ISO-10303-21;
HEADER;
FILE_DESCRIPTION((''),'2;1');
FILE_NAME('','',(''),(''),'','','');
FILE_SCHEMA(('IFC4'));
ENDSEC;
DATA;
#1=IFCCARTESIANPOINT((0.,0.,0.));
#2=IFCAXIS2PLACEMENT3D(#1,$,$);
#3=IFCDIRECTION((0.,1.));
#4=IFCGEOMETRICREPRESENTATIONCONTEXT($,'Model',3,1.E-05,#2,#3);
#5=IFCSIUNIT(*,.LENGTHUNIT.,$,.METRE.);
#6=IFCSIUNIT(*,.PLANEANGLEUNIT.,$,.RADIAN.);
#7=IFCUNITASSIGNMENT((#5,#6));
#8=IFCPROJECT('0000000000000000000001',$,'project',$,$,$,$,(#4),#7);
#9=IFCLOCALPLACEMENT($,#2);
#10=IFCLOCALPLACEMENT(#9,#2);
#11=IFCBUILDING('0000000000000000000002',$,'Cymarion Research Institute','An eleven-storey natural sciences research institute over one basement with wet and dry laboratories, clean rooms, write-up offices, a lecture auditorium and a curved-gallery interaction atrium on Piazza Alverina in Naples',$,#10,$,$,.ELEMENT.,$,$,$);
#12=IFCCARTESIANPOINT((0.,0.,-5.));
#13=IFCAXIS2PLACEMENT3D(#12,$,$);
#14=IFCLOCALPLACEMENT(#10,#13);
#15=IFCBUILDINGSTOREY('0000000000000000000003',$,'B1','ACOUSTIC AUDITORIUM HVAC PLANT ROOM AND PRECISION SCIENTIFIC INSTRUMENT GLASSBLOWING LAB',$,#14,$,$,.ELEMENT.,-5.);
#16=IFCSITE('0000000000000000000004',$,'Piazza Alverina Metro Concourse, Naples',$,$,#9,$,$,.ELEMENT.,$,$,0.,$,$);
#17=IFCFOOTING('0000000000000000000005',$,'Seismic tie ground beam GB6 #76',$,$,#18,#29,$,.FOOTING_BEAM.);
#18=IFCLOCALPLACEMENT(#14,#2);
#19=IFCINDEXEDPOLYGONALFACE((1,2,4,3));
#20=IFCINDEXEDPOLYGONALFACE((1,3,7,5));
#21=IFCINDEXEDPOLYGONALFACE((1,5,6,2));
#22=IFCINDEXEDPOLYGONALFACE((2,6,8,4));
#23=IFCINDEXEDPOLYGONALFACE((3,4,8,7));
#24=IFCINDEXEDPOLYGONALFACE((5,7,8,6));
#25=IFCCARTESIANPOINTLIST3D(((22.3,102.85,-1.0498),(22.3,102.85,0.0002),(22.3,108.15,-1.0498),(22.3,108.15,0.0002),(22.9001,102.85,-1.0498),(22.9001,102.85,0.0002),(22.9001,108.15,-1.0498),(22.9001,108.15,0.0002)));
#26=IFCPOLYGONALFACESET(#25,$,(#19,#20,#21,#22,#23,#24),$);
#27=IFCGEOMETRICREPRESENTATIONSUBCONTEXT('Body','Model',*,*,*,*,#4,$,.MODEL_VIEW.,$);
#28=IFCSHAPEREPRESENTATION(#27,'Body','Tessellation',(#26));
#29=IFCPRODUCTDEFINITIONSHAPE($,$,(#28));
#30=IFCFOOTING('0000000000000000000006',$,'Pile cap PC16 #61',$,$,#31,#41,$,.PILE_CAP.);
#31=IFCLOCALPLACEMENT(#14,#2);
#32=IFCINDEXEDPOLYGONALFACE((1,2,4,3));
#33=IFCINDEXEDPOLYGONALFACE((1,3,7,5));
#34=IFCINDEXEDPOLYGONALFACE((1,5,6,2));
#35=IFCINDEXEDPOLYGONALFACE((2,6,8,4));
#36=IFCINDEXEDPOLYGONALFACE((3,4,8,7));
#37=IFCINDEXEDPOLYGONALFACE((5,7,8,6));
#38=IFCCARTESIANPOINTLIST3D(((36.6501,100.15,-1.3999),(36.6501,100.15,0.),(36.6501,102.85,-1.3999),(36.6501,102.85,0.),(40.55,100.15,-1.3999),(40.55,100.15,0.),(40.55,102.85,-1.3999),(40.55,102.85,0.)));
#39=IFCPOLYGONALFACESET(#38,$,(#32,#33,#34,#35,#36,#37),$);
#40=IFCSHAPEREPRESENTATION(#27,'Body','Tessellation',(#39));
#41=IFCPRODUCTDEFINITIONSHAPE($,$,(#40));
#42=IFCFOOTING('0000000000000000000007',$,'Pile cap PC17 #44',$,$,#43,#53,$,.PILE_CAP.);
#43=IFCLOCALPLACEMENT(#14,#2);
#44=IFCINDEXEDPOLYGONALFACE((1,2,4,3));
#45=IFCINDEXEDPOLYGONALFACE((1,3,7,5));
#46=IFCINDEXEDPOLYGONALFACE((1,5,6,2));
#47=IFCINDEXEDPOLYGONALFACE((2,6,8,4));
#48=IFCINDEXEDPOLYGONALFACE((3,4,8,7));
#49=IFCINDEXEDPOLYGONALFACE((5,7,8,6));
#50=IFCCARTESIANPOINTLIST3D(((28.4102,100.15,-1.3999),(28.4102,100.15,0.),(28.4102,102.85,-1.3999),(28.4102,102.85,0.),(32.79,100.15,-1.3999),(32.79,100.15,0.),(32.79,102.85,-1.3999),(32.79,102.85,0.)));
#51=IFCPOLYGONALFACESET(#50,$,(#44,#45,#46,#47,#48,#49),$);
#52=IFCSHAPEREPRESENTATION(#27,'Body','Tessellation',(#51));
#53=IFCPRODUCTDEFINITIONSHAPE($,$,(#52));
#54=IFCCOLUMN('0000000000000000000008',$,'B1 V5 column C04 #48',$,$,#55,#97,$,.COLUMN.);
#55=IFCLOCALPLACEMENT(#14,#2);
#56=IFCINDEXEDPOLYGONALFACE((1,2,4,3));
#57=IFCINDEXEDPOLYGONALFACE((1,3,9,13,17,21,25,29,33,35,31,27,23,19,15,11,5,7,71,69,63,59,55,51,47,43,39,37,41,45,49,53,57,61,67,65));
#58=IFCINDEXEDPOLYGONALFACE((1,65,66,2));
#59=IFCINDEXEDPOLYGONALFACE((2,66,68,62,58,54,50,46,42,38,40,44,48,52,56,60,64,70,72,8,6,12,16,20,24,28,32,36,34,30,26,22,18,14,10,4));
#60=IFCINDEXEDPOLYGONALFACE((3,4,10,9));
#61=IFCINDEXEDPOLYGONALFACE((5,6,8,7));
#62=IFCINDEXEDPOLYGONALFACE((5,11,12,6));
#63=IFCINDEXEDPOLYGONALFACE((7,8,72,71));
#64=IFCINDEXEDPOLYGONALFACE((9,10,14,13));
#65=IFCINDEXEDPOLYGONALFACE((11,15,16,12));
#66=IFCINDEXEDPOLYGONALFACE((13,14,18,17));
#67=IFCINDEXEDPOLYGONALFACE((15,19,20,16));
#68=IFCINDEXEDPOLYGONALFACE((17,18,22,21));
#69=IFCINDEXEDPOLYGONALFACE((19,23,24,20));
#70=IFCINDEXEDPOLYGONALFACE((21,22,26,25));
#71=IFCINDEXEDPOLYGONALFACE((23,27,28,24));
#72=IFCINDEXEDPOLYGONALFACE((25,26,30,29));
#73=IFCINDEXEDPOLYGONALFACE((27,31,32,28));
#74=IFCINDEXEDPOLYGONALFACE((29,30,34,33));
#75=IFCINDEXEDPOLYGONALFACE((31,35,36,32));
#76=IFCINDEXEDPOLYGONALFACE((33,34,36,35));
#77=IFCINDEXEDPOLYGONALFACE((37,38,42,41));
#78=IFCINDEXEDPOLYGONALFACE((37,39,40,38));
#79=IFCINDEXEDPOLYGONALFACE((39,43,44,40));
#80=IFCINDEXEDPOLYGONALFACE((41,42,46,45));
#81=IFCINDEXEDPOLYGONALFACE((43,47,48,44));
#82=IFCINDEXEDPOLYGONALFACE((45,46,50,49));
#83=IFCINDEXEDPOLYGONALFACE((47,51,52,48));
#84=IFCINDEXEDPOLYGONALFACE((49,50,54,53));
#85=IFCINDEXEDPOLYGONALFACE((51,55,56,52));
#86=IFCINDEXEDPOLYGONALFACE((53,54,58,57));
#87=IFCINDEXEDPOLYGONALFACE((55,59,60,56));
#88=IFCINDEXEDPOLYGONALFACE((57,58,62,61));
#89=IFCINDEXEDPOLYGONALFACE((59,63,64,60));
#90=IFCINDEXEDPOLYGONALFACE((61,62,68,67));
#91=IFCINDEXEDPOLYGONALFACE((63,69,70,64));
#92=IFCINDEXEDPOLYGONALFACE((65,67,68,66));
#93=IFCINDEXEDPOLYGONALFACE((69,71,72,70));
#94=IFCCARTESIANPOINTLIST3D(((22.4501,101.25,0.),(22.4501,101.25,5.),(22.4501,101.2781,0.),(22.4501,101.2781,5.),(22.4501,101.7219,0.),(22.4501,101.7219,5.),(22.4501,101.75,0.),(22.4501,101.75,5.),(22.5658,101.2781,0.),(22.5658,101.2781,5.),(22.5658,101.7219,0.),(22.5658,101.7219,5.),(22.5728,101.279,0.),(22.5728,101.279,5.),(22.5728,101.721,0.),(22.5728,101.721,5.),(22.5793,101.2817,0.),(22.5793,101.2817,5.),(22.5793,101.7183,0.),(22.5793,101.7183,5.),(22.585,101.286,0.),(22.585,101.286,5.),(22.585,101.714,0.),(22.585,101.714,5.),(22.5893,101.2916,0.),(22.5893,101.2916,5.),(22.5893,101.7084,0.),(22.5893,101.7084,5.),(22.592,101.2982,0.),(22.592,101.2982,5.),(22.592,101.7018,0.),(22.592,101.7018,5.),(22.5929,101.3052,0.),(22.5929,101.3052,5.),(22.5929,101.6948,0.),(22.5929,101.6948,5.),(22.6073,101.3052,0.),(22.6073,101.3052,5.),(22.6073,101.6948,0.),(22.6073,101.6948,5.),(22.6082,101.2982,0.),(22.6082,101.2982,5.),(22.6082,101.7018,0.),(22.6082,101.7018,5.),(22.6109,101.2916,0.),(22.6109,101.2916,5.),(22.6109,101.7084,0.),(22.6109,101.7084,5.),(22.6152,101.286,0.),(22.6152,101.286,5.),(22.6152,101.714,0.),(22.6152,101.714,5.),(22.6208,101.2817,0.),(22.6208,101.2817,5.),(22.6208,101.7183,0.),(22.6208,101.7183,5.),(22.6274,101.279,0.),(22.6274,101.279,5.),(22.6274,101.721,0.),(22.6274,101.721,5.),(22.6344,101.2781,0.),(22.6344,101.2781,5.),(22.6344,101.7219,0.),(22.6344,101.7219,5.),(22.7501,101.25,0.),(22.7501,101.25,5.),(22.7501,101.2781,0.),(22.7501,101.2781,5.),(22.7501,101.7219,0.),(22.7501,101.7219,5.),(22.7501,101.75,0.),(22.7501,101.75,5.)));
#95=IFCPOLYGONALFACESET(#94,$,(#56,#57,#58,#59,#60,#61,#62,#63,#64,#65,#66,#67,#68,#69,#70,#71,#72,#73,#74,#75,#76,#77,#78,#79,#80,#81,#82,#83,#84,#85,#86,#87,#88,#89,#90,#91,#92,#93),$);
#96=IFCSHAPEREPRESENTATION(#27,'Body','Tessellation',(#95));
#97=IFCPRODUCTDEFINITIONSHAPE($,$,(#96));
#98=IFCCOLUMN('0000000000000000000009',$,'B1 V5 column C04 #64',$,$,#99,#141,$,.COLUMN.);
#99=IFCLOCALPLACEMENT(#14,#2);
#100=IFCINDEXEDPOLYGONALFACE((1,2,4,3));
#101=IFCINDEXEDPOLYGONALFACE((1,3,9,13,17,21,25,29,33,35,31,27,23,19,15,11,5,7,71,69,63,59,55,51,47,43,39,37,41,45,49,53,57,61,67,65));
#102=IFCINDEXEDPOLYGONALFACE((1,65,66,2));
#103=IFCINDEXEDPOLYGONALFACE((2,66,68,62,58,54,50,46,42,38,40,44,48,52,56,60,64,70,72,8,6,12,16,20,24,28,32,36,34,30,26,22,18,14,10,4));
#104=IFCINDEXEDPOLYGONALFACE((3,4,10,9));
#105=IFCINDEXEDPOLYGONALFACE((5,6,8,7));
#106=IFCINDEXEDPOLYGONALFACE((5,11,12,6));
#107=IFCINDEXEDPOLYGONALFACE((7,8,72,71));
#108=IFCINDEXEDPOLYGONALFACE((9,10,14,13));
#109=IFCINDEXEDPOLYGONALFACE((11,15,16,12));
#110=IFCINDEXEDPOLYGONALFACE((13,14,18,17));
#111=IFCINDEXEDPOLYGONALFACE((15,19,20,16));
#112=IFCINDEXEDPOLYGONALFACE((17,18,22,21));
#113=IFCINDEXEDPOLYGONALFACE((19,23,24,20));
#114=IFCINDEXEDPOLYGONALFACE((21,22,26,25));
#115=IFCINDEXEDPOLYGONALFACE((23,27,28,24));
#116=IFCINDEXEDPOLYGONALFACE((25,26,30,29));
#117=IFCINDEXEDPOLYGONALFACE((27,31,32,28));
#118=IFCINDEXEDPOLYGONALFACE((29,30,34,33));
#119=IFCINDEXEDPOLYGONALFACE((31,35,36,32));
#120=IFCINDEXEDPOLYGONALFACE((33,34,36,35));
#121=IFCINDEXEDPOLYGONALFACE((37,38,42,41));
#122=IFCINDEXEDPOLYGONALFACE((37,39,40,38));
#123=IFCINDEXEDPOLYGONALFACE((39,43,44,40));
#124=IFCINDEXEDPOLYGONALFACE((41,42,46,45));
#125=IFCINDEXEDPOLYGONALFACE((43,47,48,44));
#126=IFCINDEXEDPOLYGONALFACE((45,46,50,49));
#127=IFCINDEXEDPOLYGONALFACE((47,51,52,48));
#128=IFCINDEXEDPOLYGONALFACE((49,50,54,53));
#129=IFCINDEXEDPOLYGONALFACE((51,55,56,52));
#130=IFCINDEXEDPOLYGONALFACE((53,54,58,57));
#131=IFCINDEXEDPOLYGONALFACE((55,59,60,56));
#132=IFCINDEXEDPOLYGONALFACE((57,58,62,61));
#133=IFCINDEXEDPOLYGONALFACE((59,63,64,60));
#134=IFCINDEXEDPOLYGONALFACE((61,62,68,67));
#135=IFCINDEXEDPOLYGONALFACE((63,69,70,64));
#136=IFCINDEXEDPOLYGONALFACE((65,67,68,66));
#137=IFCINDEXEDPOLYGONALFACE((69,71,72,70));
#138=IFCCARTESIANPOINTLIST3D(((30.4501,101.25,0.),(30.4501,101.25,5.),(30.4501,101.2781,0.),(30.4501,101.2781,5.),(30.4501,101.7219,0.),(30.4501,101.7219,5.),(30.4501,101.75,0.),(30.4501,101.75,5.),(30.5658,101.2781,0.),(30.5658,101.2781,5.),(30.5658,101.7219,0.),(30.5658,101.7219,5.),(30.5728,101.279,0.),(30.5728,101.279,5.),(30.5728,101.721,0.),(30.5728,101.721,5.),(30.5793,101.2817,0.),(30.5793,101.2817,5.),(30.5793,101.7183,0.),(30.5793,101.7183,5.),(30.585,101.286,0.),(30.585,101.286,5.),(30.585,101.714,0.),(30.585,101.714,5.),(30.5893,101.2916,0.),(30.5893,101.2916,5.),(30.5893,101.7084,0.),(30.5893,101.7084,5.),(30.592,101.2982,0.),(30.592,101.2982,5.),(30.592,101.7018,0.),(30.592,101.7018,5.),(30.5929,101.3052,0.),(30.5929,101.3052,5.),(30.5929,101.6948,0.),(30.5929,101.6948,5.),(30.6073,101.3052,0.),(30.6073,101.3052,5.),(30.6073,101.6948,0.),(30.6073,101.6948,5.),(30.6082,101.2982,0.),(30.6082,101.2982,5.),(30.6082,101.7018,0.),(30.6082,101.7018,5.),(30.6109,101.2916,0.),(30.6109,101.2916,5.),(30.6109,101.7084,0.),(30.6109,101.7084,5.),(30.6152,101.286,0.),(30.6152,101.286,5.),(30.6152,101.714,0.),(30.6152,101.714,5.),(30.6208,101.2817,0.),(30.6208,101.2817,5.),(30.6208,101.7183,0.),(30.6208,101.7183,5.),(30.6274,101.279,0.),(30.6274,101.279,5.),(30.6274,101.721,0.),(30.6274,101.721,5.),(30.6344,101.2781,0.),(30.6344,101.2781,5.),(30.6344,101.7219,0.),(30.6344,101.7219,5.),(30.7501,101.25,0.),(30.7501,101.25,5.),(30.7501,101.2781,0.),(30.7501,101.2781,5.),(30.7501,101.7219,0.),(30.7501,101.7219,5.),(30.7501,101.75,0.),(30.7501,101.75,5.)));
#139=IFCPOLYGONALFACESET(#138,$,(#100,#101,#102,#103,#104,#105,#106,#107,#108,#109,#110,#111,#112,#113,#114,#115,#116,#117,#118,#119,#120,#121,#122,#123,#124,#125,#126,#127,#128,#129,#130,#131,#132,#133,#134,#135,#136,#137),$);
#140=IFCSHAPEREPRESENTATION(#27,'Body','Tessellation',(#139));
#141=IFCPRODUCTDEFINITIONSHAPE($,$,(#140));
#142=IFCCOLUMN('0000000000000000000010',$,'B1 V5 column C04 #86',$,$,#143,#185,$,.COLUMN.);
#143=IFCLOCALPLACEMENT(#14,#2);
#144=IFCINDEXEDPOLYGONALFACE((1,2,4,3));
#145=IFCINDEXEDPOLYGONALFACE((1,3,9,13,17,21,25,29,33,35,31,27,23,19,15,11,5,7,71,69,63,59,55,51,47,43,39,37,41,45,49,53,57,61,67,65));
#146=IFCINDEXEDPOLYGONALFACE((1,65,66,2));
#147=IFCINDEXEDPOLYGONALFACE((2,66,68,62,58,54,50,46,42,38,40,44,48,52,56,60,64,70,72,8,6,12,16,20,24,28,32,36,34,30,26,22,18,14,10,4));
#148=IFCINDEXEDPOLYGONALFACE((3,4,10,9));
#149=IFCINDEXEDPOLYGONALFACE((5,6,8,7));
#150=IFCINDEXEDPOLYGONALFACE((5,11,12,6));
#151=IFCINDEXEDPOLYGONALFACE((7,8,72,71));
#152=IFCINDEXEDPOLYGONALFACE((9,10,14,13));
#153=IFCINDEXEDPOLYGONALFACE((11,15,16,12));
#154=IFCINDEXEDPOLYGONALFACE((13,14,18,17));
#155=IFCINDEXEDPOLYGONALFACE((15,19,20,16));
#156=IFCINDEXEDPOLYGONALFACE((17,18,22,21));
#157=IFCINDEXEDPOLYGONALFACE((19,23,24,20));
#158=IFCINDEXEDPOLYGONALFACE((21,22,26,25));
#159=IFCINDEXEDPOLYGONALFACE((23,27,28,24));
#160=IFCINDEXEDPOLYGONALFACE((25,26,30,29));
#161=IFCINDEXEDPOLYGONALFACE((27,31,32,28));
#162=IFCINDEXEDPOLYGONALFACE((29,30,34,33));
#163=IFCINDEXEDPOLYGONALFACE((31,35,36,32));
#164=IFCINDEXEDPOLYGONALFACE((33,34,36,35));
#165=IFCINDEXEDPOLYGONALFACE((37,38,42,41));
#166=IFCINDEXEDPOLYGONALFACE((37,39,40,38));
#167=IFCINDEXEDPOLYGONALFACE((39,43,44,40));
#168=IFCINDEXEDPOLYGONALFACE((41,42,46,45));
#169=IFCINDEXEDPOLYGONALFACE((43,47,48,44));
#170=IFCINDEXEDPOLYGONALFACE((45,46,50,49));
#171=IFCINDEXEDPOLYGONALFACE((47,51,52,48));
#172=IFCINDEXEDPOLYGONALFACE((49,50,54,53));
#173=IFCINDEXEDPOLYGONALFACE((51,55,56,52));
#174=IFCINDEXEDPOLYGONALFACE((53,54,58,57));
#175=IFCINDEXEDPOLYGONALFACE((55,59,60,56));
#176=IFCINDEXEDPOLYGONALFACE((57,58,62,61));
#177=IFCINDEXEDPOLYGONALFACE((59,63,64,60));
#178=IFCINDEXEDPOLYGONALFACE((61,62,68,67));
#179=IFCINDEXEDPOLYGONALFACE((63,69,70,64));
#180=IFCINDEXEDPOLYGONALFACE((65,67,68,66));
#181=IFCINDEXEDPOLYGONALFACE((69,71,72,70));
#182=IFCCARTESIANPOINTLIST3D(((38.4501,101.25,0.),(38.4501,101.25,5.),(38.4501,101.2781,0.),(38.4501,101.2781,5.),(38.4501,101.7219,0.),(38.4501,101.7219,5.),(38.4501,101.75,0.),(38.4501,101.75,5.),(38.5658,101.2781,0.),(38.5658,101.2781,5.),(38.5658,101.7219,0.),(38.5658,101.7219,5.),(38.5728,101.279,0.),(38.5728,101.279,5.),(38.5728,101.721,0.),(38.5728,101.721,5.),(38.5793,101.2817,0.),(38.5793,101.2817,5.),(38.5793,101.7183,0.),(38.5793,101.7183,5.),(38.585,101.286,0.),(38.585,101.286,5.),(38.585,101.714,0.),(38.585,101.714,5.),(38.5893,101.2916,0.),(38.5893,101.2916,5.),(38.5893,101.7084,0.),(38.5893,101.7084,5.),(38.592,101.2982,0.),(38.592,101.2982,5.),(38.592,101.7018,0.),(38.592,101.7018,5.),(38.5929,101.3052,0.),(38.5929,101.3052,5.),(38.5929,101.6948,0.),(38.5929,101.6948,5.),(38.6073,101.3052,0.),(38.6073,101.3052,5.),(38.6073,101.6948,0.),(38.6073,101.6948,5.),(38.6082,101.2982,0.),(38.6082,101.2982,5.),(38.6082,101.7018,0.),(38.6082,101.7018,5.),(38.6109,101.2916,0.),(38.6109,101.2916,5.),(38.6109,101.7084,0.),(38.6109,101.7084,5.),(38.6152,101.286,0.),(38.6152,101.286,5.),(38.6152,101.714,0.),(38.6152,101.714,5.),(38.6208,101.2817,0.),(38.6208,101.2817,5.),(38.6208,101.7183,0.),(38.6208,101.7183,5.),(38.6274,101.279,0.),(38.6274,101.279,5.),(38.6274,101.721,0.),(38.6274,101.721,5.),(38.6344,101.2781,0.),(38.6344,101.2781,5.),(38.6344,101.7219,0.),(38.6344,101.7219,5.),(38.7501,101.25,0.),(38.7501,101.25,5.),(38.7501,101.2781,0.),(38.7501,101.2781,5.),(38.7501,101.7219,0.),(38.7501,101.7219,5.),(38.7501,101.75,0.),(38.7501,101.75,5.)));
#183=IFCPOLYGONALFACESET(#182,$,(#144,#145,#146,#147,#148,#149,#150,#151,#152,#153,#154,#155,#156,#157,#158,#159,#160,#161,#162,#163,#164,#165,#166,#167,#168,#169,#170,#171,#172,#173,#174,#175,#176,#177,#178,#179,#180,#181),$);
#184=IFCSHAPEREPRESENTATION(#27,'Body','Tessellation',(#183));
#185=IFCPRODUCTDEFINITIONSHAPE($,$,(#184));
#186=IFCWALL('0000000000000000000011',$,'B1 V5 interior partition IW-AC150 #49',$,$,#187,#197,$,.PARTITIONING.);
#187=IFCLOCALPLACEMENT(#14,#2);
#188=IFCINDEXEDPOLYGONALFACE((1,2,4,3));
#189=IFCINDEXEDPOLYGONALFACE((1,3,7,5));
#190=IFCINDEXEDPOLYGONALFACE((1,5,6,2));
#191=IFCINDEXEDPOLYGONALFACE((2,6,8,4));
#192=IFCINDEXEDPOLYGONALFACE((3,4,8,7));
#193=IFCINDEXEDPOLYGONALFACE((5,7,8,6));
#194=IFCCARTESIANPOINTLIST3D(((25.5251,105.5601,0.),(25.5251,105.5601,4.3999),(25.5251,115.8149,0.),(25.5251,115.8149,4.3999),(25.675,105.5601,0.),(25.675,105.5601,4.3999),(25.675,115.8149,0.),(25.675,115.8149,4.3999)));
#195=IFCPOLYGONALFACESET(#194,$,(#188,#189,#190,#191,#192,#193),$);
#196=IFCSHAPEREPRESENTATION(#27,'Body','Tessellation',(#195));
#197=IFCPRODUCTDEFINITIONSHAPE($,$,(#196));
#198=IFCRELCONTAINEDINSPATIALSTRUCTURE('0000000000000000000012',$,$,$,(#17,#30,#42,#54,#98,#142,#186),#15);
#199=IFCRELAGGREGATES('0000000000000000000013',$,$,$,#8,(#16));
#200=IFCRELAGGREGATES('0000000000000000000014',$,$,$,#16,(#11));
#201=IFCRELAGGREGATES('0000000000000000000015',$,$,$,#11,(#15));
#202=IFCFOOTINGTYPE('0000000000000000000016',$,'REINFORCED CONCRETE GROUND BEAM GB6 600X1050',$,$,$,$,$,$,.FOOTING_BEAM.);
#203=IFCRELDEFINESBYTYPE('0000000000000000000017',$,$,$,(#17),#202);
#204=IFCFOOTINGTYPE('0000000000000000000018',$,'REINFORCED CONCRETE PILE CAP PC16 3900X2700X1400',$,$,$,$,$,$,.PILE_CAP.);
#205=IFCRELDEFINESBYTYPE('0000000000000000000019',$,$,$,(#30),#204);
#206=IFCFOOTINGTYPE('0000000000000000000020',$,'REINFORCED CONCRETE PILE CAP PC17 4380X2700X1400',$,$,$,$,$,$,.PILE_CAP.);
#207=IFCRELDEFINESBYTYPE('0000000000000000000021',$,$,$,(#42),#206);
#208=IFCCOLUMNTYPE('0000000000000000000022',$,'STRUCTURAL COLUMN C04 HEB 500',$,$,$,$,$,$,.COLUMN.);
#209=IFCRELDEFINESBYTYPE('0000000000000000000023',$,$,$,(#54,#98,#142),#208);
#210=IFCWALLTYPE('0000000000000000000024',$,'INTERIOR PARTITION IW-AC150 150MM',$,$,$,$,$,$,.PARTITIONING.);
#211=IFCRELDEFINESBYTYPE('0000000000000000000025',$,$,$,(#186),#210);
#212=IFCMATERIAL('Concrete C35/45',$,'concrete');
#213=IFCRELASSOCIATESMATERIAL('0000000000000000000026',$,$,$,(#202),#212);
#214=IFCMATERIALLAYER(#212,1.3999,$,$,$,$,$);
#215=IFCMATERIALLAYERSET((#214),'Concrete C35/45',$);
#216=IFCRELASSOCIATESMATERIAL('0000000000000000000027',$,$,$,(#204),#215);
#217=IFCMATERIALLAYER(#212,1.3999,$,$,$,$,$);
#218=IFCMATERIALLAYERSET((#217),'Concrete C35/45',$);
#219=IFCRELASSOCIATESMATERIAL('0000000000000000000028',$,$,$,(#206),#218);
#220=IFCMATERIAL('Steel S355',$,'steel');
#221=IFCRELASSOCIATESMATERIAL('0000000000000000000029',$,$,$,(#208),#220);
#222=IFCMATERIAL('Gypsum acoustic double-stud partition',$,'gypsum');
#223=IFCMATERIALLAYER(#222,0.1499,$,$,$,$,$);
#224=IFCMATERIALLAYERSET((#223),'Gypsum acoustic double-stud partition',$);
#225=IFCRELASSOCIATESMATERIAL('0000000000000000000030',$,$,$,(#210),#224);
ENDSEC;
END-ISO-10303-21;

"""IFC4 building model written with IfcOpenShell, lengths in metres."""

from ifc_helpers import new_model, si_unit, direction, frame, frame_2d, origin, origin_2d, place, context, subcontext, project, spatial, rectangle, i_section, extrude, material, layer, layer_set, material_profile, profile_set, type_object, element, save


model = new_model("IFC4")

# Units and contexts
model_context = context("Model", 3, precision=1e-05, world=origin(), true_north=direction((0.0, 1.0)))
body_context = subcontext(model_context, "Body", "Model", "MODEL_VIEW")
ifc_project = project(units=[si_unit("LENGTHUNIT", "METRE"), si_unit("PLANEANGLEUNIT", "RADIAN")], contexts=[model_context])

# Site, building, storey
site_placement = place(None, origin())
site = spatial("IfcSite", under=ifc_project, at=site_placement, Name="Piazza Alverina Metro Concourse, Naples", CompositionType="ELEMENT", RefElevation=0.0)
building_placement = place(site_placement, origin())
building = spatial("IfcBuilding", under=site, at=building_placement, Name="Cymarion Research Institute", Description="An eleven-storey natural sciences research institute over one basement with wet and dry laboratories, clean rooms, write-up offices, a lecture auditorium and a curved-gallery interaction atrium on Piazza Alverina in Naples", CompositionType="ELEMENT")
storey_placement = place(building_placement, frame((0.0, 0.0, -5.0)))
storey = spatial("IfcBuildingStorey", under=building, at=storey_placement, Name="B1", Description="ACOUSTIC AUDITORIUM HVAC PLANT ROOM AND PRECISION SCIENTIFIC INSTRUMENT GLASSBLOWING LAB", CompositionType="ELEMENT", Elevation=-5.0)

# Shared definitions
ifc_material_1 = material(Name="Concrete C35/45", Category="concrete")

# Footings
footing_type_1 = type_object("IfcFootingType", Name="REINFORCED CONCRETE GROUND BEAM GB6 600X1050", PredefinedType="FOOTING_BEAM", material=ifc_material_1)
footing_1_placement = place(storey_placement, frame((22.6001, 105.5, -1.0498), z_axis=(0.0, 0.0, 1.0), x_axis=(0.0, 1.0, 0.0)))
element("IfcFooting", 1, at=footing_1_placement, inside=storey, type_object=footing_type_1, Name="Seismic tie ground beam GB6 #76", PredefinedType="FOOTING_BEAM", context=body_context, shape_type="SweptSolid", body=[
    extrude(rectangle(XDim=5.3, YDim=0.6001, at=origin_2d()), origin(), (0.0, 0.0, 1.0), 1.05),
])
ifc_layer_1 = layer(ifc_material_1, 1.3999)
ifc_layer_set_1 = layer_set([ifc_layer_1], Name="Concrete C35/45")
footing_type_2 = type_object("IfcFootingType", Name="REINFORCED CONCRETE PILE CAP PC16 3900X2700X1400", PredefinedType="PILE_CAP", material=ifc_layer_set_1)
footing_2_placement = place(storey_placement, frame((38.6001, 101.5, -1.3999), z_axis=(0.0, 0.0, 1.0), x_axis=(1.0, 0.0, 0.0)))
element("IfcFooting", 2, at=footing_2_placement, inside=storey, type_object=footing_type_2, Name="Pile cap PC16 #61", PredefinedType="PILE_CAP", context=body_context, shape_type="SweptSolid", body=[
    extrude(rectangle(XDim=3.8999, YDim=2.7, at=origin_2d()), origin(), (0.0, 0.0, 1.0), 1.3999),
])
ifc_layer_2 = layer(ifc_material_1, 1.3999)
ifc_layer_set_2 = layer_set([ifc_layer_2], Name="Concrete C35/45")
footing_type_3 = type_object("IfcFootingType", Name="REINFORCED CONCRETE PILE CAP PC17 4380X2700X1400", PredefinedType="PILE_CAP", material=ifc_layer_set_2)
footing_3_placement = place(storey_placement, frame((30.6001, 101.5, -1.3999), z_axis=(0.0, 0.0, 1.0), x_axis=(1.0, 0.0, 0.0)))
element("IfcFooting", 3, at=footing_3_placement, inside=storey, type_object=footing_type_3, Name="Pile cap PC17 #44", PredefinedType="PILE_CAP", context=body_context, shape_type="SweptSolid", body=[
    extrude(rectangle(XDim=4.3799, YDim=2.7, at=origin_2d()), origin(), (0.0, 0.0, 1.0), 1.3999),
])

# Columns
ifc_material_2 = material(Name="Steel S355", Category="steel")
ifc_material_profile_1 = material_profile(ifc_material_2, i_section(OverallWidth=0.3, OverallDepth=0.5, WebThickness=0.0144, FlangeThickness=0.0281, FilletRadius=0.0271, at=origin_2d()), Name="HEB 500")
ifc_profile_set_1 = profile_set([ifc_material_profile_1], Name="Steel S355")
column_type = type_object("IfcColumnType", Name="STRUCTURAL COLUMN C04 HEB 500", PredefinedType="COLUMN", material=ifc_profile_set_1)
for number, where, z_axis, x_axis, name in (
    (4, (22.6001, 101.5, 0.0), (0.0, 0.0, 1.0), (1.0, 0.0, 0.0), "B1 V5 column C04 #48"),
    (5, (30.6001, 101.5, 0.0), (0.0, 0.0, 1.0), (1.0, 0.0, 0.0), "B1 V5 column C04 #64"),
    (6, (38.6001, 101.5, 0.0), (0.0, 0.0, 1.0), (1.0, 0.0, 0.0), "B1 V5 column C04 #86"),
):
    element("IfcColumn", number, at=place(storey_placement, frame(where, z_axis=z_axis, x_axis=x_axis)), inside=storey, type_object=column_type, Name=name, PredefinedType="COLUMN", context=body_context, shape_type="SweptSolid", body=[
        extrude(i_section(OverallWidth=0.3, OverallDepth=0.5, WebThickness=0.0144, FlangeThickness=0.0281, FilletRadius=0.0271, at=origin_2d()), origin(), (0.0, 0.0, 1.0), 5.0),
    ])

# Wall
ifc_material_3 = material(Name="Gypsum acoustic double-stud partition", Category="gypsum")
ifc_layer_3 = layer(ifc_material_3, 0.1499)
ifc_layer_set_3 = layer_set([ifc_layer_3], Name="Gypsum acoustic double-stud partition")
wall_type_1 = type_object("IfcWallType", Name="INTERIOR PARTITION IW-AC150 150MM", PredefinedType="PARTITIONING", material=ifc_layer_set_3)
wall_1_placement = place(storey_placement, frame((25.6001, 105.5601, 0.0), z_axis=(0.0, 0.0, 1.0), x_axis=(0.0, 1.0, 0.0)))
element("IfcWall", 7, at=wall_1_placement, inside=storey, type_object=wall_type_1, Name="B1 V5 interior partition IW-AC150 #49", PredefinedType="PARTITIONING", context=body_context, shape_type="SweptSolid", body=[
    extrude(rectangle(XDim=10.2549, YDim=0.1499, at=frame_2d((5.1274, 0.0))), origin(), (0.0, 0.0, 1.0), 4.3999),
])

save(model, "model.ifc")
